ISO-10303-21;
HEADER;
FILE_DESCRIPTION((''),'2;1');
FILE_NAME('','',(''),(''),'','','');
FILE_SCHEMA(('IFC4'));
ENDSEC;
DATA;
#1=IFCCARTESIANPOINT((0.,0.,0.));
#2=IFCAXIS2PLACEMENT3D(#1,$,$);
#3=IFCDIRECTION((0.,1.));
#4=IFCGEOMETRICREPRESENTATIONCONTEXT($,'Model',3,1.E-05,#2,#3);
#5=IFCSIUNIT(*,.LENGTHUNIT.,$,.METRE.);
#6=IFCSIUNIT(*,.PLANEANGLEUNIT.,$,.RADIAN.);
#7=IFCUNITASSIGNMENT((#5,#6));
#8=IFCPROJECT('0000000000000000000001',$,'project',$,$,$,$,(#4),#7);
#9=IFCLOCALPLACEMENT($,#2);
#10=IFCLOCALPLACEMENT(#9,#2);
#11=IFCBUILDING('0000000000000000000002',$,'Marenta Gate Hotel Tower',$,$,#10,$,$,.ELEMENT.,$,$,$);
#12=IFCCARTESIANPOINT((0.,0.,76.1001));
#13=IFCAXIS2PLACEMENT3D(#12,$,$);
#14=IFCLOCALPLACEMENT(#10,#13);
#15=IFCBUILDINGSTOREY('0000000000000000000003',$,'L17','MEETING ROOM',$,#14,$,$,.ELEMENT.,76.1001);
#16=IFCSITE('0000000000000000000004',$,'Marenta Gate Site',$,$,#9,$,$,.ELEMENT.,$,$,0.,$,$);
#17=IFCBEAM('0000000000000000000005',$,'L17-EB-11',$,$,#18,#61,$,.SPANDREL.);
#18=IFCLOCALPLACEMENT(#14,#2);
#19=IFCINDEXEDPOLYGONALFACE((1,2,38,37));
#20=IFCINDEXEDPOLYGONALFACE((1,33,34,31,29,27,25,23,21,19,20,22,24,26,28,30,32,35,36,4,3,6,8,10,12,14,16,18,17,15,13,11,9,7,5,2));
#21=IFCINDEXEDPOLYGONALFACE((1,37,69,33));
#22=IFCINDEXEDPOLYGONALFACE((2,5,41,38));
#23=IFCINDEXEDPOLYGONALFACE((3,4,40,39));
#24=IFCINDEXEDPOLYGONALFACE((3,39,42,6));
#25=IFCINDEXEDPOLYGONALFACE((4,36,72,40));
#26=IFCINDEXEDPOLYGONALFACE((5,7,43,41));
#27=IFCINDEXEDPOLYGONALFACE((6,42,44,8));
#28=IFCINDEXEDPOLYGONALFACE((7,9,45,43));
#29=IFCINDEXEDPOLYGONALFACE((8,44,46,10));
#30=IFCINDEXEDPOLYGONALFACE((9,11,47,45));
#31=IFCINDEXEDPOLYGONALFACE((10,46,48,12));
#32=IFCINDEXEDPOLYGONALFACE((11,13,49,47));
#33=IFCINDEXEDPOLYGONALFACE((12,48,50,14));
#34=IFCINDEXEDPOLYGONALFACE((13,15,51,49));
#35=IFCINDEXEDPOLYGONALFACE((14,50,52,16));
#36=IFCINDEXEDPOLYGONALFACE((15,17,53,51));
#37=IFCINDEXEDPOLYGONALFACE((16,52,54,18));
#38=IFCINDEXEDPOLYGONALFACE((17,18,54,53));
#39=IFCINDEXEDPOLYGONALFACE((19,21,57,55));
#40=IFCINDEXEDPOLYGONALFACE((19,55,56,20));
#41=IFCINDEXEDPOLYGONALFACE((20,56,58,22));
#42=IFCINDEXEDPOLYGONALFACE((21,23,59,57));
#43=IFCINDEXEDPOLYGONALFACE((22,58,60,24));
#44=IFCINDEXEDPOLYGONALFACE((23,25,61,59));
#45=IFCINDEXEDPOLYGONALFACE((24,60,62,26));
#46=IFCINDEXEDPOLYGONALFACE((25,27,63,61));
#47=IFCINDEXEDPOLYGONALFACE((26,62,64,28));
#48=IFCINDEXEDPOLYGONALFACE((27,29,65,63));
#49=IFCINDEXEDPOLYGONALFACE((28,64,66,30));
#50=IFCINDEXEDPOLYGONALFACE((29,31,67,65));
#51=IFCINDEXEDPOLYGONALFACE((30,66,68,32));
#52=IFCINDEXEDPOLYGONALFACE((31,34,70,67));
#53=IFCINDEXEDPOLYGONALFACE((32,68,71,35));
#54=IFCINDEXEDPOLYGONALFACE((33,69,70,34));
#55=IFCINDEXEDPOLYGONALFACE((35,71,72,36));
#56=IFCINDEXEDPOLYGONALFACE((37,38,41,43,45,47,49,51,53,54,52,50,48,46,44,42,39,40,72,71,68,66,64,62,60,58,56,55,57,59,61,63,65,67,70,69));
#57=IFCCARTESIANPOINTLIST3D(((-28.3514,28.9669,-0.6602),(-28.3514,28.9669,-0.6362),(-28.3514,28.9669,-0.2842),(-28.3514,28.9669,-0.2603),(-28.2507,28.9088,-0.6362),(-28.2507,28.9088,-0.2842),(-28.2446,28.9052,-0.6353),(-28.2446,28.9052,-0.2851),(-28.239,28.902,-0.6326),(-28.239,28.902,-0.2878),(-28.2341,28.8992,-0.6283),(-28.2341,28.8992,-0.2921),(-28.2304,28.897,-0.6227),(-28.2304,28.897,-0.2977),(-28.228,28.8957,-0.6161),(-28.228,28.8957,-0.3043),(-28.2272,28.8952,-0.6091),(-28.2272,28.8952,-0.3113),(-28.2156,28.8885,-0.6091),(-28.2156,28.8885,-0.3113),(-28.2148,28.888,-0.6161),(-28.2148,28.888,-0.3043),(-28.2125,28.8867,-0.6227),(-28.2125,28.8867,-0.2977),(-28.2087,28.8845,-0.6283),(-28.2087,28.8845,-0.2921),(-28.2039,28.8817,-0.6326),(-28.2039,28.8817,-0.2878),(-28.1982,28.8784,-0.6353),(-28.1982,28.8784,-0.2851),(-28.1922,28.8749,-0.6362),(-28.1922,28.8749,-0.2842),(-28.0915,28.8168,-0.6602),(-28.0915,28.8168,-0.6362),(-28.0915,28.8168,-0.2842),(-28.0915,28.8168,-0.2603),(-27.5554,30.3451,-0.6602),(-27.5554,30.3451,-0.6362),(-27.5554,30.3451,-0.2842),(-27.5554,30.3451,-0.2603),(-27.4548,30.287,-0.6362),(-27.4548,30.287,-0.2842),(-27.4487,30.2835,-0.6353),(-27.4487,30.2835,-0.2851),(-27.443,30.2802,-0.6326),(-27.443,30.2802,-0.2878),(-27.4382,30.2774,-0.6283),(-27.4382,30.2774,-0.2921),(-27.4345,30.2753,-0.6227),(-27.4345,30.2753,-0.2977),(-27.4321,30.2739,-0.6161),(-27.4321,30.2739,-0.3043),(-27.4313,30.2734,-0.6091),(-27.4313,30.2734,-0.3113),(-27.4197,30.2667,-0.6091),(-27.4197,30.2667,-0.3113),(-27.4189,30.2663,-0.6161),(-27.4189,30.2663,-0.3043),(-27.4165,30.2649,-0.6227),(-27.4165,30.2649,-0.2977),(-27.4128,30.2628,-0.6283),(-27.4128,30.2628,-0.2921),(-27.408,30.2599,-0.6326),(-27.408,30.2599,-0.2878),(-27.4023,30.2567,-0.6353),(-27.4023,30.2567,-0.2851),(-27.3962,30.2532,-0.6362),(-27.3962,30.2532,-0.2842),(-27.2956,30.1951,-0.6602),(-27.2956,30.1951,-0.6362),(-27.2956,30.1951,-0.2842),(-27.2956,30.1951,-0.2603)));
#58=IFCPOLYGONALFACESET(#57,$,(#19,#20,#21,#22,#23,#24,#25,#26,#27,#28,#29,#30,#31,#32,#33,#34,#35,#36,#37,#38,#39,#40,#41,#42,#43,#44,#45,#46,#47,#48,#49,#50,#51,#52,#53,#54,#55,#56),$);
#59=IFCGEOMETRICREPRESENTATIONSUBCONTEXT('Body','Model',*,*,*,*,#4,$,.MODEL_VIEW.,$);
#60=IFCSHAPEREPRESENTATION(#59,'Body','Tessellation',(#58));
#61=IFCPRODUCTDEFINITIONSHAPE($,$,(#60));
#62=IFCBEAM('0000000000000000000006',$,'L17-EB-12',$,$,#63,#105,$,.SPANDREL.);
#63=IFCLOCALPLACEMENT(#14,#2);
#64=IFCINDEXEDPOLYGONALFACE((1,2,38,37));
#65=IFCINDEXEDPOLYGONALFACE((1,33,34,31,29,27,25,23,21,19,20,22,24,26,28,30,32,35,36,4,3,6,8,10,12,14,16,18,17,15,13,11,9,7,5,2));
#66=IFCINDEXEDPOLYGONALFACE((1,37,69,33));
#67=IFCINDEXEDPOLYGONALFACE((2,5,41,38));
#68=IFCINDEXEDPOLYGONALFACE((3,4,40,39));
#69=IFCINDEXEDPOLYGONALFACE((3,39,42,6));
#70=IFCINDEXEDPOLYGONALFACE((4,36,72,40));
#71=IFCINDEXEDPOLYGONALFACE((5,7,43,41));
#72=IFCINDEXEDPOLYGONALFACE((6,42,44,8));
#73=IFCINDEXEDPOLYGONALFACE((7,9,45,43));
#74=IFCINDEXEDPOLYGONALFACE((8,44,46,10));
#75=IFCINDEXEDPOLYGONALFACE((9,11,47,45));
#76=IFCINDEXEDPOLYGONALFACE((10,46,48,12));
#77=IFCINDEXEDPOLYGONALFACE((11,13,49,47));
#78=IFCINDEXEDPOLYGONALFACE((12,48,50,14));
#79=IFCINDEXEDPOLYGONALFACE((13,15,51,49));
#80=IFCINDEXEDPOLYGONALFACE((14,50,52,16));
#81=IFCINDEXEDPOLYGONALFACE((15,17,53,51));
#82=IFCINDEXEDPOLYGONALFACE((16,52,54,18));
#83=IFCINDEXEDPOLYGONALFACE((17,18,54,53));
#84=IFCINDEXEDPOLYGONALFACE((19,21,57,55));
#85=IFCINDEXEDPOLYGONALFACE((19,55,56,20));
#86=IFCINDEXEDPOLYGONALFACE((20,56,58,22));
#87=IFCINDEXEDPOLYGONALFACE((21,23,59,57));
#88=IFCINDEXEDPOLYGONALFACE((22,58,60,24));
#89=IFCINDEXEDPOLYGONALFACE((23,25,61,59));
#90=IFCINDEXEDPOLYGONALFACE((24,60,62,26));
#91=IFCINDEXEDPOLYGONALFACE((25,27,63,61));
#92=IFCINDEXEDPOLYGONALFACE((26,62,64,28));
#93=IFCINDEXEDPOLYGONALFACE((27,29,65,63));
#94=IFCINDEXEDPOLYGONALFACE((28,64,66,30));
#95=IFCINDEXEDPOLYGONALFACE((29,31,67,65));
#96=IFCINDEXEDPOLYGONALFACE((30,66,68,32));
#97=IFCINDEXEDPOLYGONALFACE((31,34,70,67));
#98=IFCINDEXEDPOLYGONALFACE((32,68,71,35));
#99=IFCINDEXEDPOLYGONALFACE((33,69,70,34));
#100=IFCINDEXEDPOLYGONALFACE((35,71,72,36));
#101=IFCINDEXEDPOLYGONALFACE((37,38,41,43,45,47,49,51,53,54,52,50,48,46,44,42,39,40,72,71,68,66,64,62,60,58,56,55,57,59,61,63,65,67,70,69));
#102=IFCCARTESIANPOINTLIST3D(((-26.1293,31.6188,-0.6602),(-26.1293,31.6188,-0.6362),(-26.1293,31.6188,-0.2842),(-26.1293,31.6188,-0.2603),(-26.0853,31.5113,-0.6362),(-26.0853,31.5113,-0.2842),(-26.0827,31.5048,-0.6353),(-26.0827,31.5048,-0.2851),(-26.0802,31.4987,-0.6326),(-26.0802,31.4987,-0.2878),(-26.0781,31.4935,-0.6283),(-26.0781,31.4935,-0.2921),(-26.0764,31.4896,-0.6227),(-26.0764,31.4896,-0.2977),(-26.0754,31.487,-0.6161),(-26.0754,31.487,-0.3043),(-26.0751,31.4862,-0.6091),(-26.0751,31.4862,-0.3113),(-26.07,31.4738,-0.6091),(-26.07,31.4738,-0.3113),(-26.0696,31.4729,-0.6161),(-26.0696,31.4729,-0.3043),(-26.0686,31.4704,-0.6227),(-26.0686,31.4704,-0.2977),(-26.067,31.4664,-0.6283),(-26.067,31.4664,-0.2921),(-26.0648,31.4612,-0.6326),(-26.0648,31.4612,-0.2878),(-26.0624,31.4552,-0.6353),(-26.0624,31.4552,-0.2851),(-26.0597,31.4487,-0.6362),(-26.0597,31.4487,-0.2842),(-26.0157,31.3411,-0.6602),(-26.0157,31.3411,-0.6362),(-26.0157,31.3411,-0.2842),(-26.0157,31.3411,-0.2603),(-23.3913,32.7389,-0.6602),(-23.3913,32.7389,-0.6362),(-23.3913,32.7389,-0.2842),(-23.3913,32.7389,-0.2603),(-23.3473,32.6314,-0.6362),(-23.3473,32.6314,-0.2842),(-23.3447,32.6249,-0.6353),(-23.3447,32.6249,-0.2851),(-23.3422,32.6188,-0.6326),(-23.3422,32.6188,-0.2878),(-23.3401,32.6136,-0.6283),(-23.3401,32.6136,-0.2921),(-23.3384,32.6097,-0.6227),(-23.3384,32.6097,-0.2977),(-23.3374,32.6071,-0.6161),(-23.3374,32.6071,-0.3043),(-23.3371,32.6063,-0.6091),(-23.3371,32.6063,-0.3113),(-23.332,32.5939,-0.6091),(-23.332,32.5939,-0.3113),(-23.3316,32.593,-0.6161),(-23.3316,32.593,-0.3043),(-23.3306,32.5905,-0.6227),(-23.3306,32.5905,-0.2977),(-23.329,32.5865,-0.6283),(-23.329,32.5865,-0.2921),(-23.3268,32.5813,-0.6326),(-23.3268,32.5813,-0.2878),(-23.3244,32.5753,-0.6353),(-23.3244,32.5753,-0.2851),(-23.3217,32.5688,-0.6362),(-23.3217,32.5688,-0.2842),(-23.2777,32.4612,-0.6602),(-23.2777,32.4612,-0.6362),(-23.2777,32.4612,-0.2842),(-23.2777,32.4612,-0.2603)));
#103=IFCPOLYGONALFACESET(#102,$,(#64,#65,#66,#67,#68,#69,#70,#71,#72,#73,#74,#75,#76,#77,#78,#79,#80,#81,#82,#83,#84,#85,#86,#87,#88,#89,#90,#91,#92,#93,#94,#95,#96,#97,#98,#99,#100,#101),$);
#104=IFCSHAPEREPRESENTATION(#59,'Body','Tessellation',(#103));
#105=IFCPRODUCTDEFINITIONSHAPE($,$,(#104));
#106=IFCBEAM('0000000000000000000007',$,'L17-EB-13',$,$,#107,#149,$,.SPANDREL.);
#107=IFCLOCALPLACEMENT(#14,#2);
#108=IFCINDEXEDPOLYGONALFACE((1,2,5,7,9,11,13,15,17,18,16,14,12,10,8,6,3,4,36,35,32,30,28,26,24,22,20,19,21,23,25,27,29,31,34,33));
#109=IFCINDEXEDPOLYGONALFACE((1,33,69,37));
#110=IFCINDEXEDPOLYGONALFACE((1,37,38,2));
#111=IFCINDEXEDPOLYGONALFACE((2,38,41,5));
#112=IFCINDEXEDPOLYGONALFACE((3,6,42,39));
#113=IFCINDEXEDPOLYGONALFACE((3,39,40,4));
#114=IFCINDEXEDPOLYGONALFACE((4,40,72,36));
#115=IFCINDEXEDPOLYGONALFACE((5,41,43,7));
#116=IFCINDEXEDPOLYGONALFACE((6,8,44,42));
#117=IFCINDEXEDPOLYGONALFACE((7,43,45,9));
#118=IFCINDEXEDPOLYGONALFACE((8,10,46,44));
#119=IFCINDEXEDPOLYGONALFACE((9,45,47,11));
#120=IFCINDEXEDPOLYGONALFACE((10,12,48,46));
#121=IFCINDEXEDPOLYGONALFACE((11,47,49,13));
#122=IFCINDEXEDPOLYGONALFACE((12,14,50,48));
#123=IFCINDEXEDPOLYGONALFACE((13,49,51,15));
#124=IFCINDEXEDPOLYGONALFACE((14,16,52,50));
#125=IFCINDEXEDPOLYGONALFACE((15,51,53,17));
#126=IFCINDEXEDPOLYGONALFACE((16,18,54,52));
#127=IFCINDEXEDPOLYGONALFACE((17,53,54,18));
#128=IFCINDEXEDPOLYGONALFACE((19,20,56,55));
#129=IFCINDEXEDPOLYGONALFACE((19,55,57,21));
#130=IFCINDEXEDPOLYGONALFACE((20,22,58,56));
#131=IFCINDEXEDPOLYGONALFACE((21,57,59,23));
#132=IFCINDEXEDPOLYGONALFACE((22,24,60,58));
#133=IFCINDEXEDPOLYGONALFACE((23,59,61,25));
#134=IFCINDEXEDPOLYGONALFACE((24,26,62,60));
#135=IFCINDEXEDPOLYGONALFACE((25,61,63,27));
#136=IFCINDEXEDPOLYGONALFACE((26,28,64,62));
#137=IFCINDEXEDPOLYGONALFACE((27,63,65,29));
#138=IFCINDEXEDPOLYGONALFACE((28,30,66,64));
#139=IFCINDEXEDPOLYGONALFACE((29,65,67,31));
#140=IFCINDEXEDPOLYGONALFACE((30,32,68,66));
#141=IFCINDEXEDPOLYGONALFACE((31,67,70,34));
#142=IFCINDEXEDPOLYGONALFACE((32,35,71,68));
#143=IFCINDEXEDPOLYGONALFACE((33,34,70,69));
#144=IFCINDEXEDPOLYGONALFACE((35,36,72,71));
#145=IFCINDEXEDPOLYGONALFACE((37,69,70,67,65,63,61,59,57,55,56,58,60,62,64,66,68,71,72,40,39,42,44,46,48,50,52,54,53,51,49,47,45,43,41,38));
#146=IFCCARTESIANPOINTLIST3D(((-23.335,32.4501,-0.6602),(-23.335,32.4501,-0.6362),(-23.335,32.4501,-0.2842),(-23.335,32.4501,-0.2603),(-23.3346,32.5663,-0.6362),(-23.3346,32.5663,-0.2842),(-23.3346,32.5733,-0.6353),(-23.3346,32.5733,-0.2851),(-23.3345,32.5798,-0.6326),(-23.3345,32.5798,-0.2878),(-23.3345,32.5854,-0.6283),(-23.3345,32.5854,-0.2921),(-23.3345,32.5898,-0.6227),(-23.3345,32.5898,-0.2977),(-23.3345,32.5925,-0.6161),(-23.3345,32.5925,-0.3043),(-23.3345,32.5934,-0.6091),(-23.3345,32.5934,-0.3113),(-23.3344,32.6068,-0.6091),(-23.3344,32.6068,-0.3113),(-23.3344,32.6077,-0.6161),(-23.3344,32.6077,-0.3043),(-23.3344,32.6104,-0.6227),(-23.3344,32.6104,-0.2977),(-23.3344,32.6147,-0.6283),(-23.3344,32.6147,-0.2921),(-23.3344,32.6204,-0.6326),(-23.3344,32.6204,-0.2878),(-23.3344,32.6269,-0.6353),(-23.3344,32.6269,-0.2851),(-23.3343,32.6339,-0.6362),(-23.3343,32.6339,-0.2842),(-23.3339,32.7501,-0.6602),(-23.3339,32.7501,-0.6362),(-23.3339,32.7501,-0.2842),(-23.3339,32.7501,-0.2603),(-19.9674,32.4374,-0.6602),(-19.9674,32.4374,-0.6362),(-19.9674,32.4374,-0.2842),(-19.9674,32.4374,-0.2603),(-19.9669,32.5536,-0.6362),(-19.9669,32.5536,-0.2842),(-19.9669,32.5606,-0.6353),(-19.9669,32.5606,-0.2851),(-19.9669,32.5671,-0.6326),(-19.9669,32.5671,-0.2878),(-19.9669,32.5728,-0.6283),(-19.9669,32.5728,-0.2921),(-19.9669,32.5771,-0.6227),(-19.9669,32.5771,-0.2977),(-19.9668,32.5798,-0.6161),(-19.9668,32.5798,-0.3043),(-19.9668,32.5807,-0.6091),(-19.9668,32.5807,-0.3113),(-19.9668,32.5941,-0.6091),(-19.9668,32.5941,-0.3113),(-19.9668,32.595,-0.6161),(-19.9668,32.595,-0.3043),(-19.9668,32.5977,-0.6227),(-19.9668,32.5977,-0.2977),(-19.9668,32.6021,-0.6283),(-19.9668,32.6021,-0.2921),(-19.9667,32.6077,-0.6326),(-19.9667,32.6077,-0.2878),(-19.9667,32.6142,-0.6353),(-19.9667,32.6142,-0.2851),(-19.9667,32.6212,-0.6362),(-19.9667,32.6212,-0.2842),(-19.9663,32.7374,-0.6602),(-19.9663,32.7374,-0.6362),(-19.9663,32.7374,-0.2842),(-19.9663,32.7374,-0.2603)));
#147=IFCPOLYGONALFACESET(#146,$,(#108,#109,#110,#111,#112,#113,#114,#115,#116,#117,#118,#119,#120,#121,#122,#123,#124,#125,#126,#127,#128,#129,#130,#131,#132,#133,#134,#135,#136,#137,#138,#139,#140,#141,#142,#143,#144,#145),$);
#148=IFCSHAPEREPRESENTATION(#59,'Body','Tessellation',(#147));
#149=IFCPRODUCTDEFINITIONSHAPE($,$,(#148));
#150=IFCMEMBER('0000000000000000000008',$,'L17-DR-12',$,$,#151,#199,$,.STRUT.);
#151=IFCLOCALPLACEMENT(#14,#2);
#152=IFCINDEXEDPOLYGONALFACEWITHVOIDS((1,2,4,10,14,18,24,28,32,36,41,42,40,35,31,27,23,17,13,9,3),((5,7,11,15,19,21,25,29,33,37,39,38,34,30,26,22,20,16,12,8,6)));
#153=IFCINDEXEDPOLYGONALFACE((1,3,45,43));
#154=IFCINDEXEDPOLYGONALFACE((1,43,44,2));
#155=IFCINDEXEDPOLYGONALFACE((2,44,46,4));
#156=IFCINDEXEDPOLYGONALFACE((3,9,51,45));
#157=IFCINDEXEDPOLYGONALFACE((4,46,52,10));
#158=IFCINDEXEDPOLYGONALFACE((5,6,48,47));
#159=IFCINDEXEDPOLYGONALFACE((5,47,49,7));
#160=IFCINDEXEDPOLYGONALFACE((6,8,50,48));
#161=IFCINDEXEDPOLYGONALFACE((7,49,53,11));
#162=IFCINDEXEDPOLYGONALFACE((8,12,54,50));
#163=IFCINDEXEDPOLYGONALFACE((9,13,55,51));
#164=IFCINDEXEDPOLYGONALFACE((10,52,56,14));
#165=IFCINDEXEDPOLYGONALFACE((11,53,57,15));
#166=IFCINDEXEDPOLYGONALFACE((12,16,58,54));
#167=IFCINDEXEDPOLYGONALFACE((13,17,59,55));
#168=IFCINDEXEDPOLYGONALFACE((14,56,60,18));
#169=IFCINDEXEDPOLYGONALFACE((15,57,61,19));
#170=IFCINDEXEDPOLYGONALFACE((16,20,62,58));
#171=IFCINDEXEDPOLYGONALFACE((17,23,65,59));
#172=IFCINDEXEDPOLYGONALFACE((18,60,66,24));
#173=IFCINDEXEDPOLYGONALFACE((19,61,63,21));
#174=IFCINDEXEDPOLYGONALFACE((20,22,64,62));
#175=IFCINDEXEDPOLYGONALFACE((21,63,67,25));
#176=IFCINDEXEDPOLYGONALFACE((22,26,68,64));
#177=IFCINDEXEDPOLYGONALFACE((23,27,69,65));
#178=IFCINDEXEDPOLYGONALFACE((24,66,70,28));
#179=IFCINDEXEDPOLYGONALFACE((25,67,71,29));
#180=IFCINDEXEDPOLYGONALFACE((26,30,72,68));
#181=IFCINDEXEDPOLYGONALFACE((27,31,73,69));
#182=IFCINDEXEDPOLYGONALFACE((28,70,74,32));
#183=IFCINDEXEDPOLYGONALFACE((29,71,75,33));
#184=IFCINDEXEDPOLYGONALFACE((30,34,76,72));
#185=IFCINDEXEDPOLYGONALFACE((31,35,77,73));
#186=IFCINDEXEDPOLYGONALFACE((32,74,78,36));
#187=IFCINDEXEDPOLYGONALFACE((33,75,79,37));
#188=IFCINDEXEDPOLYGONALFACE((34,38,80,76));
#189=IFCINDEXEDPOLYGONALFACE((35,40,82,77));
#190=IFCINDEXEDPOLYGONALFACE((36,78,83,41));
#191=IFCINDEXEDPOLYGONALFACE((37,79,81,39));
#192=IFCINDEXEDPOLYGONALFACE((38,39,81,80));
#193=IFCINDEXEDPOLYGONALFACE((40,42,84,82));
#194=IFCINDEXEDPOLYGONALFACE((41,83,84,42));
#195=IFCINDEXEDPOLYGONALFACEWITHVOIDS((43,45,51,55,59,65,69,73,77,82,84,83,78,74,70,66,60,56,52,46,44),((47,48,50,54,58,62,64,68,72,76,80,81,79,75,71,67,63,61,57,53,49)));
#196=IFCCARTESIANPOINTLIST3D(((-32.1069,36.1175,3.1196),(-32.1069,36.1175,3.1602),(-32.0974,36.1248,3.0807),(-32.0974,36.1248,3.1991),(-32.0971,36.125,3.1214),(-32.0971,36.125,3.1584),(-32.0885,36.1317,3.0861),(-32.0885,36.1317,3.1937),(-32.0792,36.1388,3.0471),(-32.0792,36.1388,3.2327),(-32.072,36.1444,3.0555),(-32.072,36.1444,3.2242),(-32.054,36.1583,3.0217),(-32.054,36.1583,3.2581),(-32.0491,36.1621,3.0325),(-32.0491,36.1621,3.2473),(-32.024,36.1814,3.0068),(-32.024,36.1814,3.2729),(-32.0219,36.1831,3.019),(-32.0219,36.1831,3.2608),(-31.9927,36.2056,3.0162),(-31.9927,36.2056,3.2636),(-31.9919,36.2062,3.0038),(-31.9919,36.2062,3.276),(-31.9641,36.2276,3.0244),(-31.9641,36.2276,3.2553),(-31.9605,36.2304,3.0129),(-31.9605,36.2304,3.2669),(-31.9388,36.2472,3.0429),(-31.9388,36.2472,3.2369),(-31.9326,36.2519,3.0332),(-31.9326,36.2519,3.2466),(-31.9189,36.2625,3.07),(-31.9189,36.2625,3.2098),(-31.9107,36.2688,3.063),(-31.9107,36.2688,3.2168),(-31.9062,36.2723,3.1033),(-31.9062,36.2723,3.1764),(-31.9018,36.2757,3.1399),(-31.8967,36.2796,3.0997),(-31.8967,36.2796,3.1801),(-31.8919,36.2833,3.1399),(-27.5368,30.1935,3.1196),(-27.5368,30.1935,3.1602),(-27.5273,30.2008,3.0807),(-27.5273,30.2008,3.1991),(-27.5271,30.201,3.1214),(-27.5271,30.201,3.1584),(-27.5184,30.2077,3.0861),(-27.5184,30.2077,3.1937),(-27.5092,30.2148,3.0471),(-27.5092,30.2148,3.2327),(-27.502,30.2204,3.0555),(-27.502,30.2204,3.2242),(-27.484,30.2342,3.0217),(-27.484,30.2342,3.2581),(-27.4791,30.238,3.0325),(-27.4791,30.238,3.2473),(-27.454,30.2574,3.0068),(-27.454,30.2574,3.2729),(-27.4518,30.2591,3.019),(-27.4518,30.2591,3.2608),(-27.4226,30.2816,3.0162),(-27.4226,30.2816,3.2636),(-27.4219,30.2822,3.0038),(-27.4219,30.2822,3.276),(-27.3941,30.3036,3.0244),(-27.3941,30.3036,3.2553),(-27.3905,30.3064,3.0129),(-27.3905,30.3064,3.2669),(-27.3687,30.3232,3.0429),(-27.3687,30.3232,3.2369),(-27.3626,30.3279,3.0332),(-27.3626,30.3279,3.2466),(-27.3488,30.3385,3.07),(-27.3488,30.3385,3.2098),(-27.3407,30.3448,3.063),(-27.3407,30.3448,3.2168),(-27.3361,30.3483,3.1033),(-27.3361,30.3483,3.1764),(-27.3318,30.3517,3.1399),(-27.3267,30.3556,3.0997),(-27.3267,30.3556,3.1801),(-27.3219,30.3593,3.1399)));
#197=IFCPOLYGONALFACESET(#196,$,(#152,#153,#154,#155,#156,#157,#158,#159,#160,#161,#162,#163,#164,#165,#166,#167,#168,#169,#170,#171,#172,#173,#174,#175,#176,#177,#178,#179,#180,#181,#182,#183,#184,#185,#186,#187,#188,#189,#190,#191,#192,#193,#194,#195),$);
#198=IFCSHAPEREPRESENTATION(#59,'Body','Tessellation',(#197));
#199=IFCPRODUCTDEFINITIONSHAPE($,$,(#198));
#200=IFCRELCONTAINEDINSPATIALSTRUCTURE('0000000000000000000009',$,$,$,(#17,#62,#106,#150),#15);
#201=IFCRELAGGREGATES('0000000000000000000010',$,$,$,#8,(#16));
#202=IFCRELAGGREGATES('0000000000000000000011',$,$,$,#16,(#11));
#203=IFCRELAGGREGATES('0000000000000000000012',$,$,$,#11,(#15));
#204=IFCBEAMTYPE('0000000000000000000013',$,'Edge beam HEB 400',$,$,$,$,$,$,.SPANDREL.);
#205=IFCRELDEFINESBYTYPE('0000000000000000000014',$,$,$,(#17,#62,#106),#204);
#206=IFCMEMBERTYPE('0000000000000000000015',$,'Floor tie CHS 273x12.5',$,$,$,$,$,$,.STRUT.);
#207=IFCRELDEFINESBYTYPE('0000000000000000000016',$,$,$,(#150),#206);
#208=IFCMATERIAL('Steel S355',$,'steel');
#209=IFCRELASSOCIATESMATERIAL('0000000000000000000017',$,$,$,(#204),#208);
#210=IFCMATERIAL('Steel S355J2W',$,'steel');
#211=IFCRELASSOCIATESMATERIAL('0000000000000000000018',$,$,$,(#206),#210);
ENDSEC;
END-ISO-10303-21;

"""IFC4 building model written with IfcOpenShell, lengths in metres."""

from ifc_helpers import new_model, si_unit, direction, frame, origin, origin_2d, place, context, subcontext, project, spatial, hollow_circle, i_section, extrude, material, material_profile, profile_set, type_object, element, save


model = new_model("IFC4")

# Units and contexts
model_context = context("Model", 3, precision=1e-05, world=origin(), true_north=direction((0.0, 1.0)))
body_context = subcontext(model_context, "Body", "Model", "MODEL_VIEW")
ifc_project = project(units=[si_unit("LENGTHUNIT", "METRE"), si_unit("PLANEANGLEUNIT", "RADIAN")], contexts=[model_context])

# Site, building, storey
site_placement = place(None, origin())
site = spatial("IfcSite", under=ifc_project, at=site_placement, Name="Marenta Gate Site", CompositionType="ELEMENT", RefElevation=0.0)
building_placement = place(site_placement, origin())
building = spatial("IfcBuilding", under=site, at=building_placement, Name="Marenta Gate Hotel Tower", CompositionType="ELEMENT")
storey_placement = place(building_placement, frame((0.0, 0.0, 76.1001)))
storey = spatial("IfcBuildingStorey", under=building, at=storey_placement, Name="L17", Description="MEETING ROOM", CompositionType="ELEMENT", Elevation=76.1001)

# Beams
ifc_material_1 = material(Name="Steel S355", Category="steel")
ifc_material_profile_1 = material_profile(ifc_material_1, i_section(OverallWidth=0.3, OverallDepth=0.3999, WebThickness=0.0134, FlangeThickness=0.0239, FilletRadius=0.0271, at=origin_2d()), Name="HEB 400")
ifc_profile_set_1 = profile_set([ifc_material_profile_1], Name="Steel S355")
beam_type_1 = type_object("IfcBeamType", Name="Edge beam HEB 400", PredefinedType="SPANDREL", material=ifc_profile_set_1)
beam_1_placement = place(storey_placement, frame((-28.2214, 28.8918, -0.4602), z_axis=(0.500099, 0.865968, 0.0), x_axis=(-0.865968, 0.500099, 0.0)))
element("IfcBeam", 1, at=beam_1_placement, inside=storey, type_object=beam_type_1, Name="L17-EB-11", PredefinedType="SPANDREL", context=body_context, shape_type="SweptSolid", body=[
    extrude(i_section(OverallWidth=0.3, OverallDepth=0.3999, WebThickness=0.0134, FlangeThickness=0.0239, FilletRadius=0.0271, at=origin_2d()), origin(), (0.0, 0.0, 1.0), 1.5916),
])
beam_2_placement = place(storey_placement, frame((-26.0725, 31.48, -0.4602), z_axis=(0.925546, 0.378636, 0.0), x_axis=(-0.378636, 0.925546, 0.0)))
element("IfcBeam", 2, at=beam_2_placement, inside=storey, type_object=beam_type_1, Name="L17-EB-12", PredefinedType="SPANDREL", context=body_context, shape_type="SweptSolid", body=[
    extrude(i_section(OverallWidth=0.3, OverallDepth=0.3999, WebThickness=0.0134, FlangeThickness=0.0239, FilletRadius=0.0271, at=origin_2d()), origin(), (0.0, 0.0, 1.0), 2.9583),
])
beam_3_placement = place(storey_placement, frame((-23.3345, 32.6001, -0.4602), z_axis=(0.999993, -0.00377, 0.0), x_axis=(0.00377, 0.999993, 0.0)))
element("IfcBeam", 3, at=beam_3_placement, inside=storey, type_object=beam_type_1, Name="L17-EB-13", PredefinedType="SPANDREL", context=body_context, shape_type="SweptSolid", body=[
    extrude(i_section(OverallWidth=0.3, OverallDepth=0.3999, WebThickness=0.0134, FlangeThickness=0.0239, FilletRadius=0.0271, at=origin_2d()), origin(), (0.0, 0.0, 1.0), 3.3677),
])

# Member
ifc_material_2 = material(Name="Steel S355J2W", Category="steel")
ifc_material_profile_2 = material_profile(ifc_material_2, hollow_circle(Radius=0.1365, WallThickness=0.0125, at=origin_2d()), Name="CHS 273x12.5")
ifc_profile_set_2 = profile_set([ifc_material_profile_2], Name="Steel S355J2W")
member_type_1 = type_object("IfcMemberType", Name="Floor tie CHS 273x12.5", PredefinedType="STRUT", material=ifc_profile_set_2)
member_1_placement = place(storey_placement, frame((-32.0, 36.2, 3.1399), z_axis=(0.610809, -0.791778, 0.0), x_axis=(0.791778, 0.610809, 0.0)))
element("IfcMember", 4, at=member_1_placement, inside=storey, type_object=member_type_1, Name="L17-DR-12", PredefinedType="STRUT", context=body_context, shape_type="SweptSolid", body=[
    extrude(hollow_circle(Radius=0.1365, WallThickness=0.0125, at=origin_2d()), origin(), (0.0, 0.0, 1.0), 7.4819),
])

save(model, "model.ifc")
